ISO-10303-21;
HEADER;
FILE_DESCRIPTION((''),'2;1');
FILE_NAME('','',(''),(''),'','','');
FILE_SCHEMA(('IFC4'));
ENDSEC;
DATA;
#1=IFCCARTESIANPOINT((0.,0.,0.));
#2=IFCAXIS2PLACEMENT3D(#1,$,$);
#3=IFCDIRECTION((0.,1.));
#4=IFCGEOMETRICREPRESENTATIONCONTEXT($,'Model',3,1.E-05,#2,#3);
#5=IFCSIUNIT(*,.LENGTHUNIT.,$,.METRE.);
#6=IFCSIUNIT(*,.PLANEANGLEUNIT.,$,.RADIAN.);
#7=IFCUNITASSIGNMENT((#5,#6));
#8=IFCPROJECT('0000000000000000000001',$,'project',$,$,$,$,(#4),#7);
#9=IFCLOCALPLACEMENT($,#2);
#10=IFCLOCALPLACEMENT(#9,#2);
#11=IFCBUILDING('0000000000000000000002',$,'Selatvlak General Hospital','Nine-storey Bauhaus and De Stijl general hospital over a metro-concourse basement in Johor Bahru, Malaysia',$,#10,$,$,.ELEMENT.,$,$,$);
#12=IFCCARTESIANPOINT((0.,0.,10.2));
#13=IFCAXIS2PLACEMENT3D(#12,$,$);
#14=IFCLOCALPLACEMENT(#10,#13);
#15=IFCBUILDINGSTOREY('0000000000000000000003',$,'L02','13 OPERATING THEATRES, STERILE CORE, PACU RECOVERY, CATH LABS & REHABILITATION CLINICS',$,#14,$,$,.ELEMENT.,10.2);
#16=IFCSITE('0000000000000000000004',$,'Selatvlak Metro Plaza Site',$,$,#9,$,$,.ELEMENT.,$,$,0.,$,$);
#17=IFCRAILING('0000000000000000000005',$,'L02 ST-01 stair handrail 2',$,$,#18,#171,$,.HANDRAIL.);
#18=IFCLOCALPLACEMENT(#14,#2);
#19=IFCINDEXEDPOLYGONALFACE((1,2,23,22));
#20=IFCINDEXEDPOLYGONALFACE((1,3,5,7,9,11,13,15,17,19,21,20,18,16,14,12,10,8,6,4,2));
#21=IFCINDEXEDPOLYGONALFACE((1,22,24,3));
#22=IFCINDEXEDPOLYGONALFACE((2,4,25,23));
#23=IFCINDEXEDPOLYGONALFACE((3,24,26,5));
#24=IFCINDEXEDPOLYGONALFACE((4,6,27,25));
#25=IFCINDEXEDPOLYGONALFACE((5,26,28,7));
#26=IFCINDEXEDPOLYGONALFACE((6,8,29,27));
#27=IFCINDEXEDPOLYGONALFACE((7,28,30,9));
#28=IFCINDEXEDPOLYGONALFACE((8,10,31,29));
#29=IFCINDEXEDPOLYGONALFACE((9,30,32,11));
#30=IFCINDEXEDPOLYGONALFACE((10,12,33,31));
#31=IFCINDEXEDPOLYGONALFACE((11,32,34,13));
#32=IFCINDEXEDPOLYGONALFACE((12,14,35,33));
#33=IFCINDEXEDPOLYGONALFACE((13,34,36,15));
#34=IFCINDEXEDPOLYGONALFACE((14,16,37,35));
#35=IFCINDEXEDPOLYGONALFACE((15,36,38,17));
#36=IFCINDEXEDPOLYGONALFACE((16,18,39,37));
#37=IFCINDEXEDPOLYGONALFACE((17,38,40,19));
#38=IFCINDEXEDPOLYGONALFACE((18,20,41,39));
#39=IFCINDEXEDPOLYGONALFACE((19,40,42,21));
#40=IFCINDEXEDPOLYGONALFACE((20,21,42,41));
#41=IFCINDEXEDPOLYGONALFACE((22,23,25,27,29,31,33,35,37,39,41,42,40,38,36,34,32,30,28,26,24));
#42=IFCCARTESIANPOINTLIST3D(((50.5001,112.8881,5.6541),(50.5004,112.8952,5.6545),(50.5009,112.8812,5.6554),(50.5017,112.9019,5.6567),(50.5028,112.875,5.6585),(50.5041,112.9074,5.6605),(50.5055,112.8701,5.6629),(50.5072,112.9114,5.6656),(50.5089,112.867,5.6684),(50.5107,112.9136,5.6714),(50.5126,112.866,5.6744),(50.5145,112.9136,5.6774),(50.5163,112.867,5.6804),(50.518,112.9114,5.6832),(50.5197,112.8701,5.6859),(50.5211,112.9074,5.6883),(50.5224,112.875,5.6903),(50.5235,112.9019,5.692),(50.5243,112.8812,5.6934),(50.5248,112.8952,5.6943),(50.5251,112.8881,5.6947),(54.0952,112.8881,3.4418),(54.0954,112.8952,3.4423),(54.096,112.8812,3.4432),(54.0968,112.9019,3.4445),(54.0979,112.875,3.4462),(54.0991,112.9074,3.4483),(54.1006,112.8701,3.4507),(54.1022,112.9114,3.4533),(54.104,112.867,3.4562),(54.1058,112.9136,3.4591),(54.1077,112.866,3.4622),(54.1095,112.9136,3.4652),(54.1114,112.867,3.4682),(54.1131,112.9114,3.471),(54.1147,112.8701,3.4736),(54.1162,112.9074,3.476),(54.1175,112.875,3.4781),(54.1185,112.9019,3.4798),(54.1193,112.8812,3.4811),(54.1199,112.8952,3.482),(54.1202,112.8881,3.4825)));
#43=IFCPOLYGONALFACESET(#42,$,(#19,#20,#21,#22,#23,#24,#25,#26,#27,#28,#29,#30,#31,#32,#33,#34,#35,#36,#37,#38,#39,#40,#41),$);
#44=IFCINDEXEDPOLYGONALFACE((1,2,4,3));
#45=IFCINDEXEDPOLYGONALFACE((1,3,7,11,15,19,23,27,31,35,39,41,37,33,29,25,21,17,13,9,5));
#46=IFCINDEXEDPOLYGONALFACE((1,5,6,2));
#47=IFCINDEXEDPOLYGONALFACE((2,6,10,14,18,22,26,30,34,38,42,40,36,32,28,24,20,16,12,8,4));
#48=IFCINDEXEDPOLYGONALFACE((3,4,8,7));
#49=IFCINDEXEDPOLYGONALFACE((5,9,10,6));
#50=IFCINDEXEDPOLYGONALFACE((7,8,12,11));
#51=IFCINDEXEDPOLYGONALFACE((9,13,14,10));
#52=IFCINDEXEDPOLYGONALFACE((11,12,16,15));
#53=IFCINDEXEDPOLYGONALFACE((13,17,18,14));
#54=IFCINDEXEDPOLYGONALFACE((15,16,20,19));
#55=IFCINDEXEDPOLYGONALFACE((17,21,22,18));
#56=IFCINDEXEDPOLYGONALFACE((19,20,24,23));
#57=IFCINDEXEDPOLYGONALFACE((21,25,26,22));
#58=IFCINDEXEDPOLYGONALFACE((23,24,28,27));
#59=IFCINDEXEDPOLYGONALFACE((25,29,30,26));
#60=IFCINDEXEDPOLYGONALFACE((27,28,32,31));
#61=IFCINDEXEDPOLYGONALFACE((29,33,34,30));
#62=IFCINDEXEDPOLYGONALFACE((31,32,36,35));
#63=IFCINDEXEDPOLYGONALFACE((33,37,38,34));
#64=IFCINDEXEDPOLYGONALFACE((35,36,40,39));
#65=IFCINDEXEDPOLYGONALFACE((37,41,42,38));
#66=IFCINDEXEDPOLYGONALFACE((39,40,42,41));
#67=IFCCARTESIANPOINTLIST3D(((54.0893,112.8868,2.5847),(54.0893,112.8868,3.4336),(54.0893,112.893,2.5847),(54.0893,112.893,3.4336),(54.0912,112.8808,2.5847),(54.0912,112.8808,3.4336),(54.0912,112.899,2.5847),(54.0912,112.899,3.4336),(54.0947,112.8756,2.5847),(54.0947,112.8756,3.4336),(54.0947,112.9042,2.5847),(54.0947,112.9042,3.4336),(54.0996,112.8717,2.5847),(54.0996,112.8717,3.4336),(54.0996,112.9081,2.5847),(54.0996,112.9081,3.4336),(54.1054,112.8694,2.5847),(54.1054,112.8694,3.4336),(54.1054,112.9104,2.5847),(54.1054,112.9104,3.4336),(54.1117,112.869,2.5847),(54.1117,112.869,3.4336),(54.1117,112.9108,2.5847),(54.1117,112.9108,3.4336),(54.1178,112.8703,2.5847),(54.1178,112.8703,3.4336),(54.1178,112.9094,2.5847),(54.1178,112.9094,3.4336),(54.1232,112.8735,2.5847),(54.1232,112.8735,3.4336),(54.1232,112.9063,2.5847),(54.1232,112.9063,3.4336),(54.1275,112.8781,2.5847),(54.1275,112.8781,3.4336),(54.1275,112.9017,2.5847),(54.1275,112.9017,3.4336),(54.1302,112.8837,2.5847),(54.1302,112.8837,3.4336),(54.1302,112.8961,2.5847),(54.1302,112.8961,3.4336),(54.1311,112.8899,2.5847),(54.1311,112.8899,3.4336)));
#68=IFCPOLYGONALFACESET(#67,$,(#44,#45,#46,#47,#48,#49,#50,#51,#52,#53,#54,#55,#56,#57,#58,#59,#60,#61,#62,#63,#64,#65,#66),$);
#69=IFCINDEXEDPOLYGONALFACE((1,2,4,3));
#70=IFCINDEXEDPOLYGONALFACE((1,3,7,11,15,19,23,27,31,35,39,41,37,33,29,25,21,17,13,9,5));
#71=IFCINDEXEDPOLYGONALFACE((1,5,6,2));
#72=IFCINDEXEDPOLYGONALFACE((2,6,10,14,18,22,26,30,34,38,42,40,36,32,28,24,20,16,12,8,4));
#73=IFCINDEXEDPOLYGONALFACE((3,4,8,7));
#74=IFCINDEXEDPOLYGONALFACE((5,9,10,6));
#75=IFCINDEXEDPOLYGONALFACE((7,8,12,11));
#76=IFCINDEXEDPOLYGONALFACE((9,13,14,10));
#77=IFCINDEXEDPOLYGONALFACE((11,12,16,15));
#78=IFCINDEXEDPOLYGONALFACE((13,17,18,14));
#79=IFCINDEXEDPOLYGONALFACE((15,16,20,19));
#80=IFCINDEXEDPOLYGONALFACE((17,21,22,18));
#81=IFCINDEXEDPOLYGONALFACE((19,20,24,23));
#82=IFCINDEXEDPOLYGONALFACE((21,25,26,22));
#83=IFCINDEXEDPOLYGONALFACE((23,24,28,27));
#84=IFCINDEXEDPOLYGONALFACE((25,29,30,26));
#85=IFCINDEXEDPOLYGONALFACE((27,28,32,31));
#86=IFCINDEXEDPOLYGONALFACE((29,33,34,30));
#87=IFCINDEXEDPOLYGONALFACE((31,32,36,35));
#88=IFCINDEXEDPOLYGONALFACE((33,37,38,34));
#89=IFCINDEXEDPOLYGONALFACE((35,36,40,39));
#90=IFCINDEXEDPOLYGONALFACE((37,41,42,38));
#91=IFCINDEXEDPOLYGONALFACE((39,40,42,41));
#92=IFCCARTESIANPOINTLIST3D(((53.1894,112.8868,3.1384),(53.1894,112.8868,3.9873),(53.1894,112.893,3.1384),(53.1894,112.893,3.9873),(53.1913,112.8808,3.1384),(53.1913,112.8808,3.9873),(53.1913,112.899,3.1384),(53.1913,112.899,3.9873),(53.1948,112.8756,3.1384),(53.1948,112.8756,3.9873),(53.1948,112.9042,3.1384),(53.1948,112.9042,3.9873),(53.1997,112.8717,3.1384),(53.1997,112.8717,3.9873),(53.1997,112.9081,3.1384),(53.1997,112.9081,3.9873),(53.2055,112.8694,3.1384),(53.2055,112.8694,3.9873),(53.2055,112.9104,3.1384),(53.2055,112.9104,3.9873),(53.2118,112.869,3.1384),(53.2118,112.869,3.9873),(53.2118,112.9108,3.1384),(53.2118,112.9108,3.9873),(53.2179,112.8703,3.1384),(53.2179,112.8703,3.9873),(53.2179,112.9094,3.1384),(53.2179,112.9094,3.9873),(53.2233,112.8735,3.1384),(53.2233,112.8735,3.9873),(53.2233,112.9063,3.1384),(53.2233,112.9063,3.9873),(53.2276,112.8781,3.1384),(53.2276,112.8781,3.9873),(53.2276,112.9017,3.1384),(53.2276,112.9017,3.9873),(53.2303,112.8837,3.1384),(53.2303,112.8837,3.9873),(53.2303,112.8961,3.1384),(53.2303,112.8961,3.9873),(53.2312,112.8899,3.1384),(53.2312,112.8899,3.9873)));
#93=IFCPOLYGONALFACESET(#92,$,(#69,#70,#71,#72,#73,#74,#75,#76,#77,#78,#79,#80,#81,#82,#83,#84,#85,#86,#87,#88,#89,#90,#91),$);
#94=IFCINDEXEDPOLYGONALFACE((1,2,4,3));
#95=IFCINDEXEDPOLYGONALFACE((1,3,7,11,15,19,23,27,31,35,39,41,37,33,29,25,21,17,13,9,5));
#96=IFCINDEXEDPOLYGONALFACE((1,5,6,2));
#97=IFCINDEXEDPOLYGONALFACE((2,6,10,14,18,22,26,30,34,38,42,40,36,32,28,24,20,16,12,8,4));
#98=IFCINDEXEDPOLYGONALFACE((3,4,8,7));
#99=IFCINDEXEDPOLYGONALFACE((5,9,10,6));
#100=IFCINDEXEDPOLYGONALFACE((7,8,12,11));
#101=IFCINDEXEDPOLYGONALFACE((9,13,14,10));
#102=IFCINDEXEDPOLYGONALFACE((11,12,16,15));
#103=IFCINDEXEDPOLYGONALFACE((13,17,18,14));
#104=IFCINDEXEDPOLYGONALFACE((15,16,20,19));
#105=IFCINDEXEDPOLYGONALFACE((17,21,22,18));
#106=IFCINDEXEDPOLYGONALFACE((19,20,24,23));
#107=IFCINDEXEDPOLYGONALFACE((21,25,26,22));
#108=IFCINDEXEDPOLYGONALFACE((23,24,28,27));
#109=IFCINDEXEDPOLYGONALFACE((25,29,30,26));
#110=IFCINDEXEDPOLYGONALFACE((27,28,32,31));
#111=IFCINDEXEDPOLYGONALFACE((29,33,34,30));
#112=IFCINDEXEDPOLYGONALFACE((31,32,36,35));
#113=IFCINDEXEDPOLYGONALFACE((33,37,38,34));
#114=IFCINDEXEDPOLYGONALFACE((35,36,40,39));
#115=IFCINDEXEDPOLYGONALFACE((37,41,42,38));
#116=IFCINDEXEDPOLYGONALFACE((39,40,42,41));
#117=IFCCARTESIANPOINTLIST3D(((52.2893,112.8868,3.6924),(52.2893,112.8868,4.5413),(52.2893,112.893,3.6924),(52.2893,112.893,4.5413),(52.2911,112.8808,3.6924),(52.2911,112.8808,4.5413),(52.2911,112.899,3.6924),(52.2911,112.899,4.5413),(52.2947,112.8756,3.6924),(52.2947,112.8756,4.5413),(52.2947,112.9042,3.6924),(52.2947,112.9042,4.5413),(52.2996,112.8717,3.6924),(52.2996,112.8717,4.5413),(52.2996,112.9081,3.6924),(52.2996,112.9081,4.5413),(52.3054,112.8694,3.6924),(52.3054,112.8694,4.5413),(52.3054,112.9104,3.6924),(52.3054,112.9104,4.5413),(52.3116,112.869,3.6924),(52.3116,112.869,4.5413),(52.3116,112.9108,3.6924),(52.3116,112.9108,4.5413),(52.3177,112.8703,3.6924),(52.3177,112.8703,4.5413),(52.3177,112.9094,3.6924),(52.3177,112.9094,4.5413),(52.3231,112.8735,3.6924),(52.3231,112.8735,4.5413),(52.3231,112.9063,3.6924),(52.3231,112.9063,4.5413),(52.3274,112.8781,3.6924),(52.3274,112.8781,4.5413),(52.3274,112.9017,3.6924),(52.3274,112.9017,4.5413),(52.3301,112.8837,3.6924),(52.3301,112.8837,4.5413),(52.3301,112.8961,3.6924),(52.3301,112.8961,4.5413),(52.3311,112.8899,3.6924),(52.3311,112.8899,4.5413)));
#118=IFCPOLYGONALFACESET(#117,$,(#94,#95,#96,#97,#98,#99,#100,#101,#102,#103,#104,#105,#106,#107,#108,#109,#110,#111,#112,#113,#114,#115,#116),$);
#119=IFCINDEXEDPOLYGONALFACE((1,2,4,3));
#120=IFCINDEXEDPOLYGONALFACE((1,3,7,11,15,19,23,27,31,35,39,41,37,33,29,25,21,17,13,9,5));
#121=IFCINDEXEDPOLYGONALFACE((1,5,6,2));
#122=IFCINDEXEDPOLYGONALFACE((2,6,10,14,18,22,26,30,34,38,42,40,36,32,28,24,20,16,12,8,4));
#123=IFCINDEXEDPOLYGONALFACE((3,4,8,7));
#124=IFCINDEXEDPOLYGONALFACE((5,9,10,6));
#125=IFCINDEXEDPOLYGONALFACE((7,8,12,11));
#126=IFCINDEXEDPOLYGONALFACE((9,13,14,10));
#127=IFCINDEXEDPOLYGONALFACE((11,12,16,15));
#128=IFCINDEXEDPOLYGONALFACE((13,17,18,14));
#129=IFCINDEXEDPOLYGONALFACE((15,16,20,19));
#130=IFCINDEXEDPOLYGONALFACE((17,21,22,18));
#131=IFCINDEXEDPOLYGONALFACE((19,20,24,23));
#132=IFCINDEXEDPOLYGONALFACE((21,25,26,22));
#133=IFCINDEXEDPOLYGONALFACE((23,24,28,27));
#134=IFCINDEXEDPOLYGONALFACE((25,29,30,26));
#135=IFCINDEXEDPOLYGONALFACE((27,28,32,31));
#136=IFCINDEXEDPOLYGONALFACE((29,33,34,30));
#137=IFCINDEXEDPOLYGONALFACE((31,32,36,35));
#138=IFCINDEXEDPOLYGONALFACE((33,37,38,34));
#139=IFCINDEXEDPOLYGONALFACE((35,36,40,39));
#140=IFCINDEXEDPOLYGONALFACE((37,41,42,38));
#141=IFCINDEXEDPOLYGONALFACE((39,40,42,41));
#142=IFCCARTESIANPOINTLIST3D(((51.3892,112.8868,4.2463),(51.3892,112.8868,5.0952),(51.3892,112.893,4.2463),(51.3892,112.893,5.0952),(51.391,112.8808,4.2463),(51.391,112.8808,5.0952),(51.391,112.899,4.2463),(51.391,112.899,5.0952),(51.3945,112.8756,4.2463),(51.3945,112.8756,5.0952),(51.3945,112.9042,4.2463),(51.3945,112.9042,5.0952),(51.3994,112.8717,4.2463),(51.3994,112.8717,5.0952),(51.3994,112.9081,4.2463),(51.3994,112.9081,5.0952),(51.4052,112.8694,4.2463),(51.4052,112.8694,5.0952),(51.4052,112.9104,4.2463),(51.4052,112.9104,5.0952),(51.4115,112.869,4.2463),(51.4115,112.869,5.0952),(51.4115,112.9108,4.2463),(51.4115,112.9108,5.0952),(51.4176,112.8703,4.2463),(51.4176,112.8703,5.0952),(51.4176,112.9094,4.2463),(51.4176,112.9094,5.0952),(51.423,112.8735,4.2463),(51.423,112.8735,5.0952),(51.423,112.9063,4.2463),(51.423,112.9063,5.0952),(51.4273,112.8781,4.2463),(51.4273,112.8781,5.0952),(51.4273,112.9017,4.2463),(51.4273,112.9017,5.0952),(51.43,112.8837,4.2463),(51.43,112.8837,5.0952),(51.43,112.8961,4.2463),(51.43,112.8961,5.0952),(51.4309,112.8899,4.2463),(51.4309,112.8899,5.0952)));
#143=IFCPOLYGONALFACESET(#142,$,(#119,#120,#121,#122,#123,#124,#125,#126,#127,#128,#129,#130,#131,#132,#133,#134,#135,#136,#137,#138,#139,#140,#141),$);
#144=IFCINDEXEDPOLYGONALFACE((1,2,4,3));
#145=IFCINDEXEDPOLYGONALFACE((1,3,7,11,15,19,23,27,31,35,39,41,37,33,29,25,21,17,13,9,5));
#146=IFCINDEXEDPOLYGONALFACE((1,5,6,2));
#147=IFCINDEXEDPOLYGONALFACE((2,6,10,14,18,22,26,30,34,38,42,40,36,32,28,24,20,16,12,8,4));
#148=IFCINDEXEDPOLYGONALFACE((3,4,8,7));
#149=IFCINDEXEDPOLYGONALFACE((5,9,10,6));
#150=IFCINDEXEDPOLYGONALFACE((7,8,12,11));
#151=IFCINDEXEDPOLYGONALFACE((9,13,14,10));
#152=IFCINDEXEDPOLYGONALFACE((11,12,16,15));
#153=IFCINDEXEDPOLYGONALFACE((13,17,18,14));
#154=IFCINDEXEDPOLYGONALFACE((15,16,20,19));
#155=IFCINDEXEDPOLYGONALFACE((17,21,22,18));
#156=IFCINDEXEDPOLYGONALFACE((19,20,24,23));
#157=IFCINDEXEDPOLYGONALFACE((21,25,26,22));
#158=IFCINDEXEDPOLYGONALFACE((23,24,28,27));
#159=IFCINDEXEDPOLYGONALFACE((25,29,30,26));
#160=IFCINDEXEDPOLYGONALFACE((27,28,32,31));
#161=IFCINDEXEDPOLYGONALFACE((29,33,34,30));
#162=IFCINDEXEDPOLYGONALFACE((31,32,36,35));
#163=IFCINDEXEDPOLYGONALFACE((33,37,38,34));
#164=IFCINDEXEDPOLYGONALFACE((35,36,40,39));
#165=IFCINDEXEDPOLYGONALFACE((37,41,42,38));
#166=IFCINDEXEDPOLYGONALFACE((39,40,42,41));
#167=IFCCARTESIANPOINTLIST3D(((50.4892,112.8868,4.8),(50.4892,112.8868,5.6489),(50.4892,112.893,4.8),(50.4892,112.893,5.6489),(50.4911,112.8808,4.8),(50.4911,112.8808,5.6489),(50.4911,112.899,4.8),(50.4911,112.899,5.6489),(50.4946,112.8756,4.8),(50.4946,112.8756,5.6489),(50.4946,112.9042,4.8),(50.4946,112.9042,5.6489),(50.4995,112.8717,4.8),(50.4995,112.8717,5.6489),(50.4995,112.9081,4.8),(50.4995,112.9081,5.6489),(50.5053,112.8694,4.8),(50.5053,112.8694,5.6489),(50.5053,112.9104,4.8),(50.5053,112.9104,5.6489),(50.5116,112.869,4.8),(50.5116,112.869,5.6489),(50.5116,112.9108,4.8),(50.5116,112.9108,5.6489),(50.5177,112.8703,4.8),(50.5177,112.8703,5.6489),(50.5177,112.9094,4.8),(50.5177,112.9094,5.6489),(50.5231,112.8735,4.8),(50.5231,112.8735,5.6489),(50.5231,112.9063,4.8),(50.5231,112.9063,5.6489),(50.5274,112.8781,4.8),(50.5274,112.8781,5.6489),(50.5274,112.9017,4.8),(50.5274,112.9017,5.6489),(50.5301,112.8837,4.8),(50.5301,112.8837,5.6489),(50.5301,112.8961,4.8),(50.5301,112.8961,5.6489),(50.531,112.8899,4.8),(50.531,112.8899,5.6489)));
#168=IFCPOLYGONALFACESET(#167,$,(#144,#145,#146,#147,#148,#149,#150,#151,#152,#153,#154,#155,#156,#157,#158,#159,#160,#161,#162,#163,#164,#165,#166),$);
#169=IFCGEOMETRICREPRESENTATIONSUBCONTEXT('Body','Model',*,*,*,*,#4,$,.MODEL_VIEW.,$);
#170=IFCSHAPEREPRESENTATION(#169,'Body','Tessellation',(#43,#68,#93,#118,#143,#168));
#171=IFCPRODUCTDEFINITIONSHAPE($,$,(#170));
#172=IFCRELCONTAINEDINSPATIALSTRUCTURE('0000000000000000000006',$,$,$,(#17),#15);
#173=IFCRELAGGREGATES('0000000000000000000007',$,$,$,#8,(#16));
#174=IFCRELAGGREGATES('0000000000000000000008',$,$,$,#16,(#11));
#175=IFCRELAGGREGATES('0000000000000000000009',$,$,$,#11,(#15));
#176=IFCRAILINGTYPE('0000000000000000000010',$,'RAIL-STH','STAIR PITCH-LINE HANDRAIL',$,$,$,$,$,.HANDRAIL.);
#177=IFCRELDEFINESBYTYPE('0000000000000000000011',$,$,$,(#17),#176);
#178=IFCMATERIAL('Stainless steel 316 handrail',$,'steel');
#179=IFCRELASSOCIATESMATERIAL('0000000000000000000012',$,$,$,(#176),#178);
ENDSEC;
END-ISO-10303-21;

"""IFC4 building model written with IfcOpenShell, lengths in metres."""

from ifc_helpers import new_model, si_unit, direction, frame, origin, origin_2d, place, context, subcontext, project, spatial, circle, extrude, material, type_object, element, save


model = new_model("IFC4")

# Units and contexts
model_context = context("Model", 3, precision=1e-05, world=origin(), true_north=direction((0.0, 1.0)))
body_context = subcontext(model_context, "Body", "Model", "MODEL_VIEW")
ifc_project = project(units=[si_unit("LENGTHUNIT", "METRE"), si_unit("PLANEANGLEUNIT", "RADIAN")], contexts=[model_context])

# Site, building, storey
site_placement = place(None, origin())
site = spatial("IfcSite", under=ifc_project, at=site_placement, Name="Selatvlak Metro Plaza Site", CompositionType="ELEMENT", RefElevation=0.0)
building_placement = place(site_placement, origin())
building = spatial("IfcBuilding", under=site, at=building_placement, Name="Selatvlak General Hospital", Description="Nine-storey Bauhaus and De Stijl general hospital over a metro-concourse basement in Johor Bahru, Malaysia", CompositionType="ELEMENT")
storey_placement = place(building_placement, frame((0.0, 0.0, 10.2)))
storey = spatial("IfcBuildingStorey", under=building, at=storey_placement, Name="L02", Description="13 OPERATING THEATRES, STERILE CORE, PACU RECOVERY, CATH LABS & REHABILITATION CLINICS", CompositionType="ELEMENT", Elevation=10.2)

# Railing
ifc_material_1 = material(Name="Stainless steel 316 handrail", Category="steel")
railing_type_1 = type_object("IfcRailingType", Name="RAIL-STH", Description="STAIR PITCH-LINE HANDRAIL", PredefinedType="HANDRAIL", material=ifc_material_1)
railing_1_placement = place(storey_placement, frame((54.1101, 112.8899, 2.5847)))
element("IfcRailing", 1, at=railing_1_placement, inside=storey, type_object=railing_type_1, Name="L02 ST-01 stair handrail 2", PredefinedType="HANDRAIL", context=body_context, shape_type="SweptSolid", body=[
    extrude(circle(Radius=0.0239, at=origin_2d()), frame((-0.0024, 0.0, 0.8774), z_axis=(-0.85167, 0.0, 0.524078), x_axis=(0.0, -1.0, 0.0)), (0.0, 0.0, 1.0), 4.2212),
    extrude(circle(Radius=0.021, at=origin_2d()), origin(), (0.0, 0.0, 1.0), 0.8489),
    extrude(circle(Radius=0.021, at=origin_2d()), frame((-0.8999, 0.0, 0.5537)), (0.0, 0.0, 1.0), 0.8489),
    extrude(circle(Radius=0.021, at=origin_2d()), frame((-1.8, 0.0, 1.1077)), (0.0, 0.0, 1.0), 0.8489),
    extrude(circle(Radius=0.021, at=origin_2d()), frame((-2.7002, 0.0, 1.6616)), (0.0, 0.0, 1.0), 0.8489),
    extrude(circle(Radius=0.021, at=origin_2d()), frame((-3.6001, 0.0, 2.2153)), (0.0, 0.0, 1.0), 0.8489),
])

save(model, "model.ifc")
